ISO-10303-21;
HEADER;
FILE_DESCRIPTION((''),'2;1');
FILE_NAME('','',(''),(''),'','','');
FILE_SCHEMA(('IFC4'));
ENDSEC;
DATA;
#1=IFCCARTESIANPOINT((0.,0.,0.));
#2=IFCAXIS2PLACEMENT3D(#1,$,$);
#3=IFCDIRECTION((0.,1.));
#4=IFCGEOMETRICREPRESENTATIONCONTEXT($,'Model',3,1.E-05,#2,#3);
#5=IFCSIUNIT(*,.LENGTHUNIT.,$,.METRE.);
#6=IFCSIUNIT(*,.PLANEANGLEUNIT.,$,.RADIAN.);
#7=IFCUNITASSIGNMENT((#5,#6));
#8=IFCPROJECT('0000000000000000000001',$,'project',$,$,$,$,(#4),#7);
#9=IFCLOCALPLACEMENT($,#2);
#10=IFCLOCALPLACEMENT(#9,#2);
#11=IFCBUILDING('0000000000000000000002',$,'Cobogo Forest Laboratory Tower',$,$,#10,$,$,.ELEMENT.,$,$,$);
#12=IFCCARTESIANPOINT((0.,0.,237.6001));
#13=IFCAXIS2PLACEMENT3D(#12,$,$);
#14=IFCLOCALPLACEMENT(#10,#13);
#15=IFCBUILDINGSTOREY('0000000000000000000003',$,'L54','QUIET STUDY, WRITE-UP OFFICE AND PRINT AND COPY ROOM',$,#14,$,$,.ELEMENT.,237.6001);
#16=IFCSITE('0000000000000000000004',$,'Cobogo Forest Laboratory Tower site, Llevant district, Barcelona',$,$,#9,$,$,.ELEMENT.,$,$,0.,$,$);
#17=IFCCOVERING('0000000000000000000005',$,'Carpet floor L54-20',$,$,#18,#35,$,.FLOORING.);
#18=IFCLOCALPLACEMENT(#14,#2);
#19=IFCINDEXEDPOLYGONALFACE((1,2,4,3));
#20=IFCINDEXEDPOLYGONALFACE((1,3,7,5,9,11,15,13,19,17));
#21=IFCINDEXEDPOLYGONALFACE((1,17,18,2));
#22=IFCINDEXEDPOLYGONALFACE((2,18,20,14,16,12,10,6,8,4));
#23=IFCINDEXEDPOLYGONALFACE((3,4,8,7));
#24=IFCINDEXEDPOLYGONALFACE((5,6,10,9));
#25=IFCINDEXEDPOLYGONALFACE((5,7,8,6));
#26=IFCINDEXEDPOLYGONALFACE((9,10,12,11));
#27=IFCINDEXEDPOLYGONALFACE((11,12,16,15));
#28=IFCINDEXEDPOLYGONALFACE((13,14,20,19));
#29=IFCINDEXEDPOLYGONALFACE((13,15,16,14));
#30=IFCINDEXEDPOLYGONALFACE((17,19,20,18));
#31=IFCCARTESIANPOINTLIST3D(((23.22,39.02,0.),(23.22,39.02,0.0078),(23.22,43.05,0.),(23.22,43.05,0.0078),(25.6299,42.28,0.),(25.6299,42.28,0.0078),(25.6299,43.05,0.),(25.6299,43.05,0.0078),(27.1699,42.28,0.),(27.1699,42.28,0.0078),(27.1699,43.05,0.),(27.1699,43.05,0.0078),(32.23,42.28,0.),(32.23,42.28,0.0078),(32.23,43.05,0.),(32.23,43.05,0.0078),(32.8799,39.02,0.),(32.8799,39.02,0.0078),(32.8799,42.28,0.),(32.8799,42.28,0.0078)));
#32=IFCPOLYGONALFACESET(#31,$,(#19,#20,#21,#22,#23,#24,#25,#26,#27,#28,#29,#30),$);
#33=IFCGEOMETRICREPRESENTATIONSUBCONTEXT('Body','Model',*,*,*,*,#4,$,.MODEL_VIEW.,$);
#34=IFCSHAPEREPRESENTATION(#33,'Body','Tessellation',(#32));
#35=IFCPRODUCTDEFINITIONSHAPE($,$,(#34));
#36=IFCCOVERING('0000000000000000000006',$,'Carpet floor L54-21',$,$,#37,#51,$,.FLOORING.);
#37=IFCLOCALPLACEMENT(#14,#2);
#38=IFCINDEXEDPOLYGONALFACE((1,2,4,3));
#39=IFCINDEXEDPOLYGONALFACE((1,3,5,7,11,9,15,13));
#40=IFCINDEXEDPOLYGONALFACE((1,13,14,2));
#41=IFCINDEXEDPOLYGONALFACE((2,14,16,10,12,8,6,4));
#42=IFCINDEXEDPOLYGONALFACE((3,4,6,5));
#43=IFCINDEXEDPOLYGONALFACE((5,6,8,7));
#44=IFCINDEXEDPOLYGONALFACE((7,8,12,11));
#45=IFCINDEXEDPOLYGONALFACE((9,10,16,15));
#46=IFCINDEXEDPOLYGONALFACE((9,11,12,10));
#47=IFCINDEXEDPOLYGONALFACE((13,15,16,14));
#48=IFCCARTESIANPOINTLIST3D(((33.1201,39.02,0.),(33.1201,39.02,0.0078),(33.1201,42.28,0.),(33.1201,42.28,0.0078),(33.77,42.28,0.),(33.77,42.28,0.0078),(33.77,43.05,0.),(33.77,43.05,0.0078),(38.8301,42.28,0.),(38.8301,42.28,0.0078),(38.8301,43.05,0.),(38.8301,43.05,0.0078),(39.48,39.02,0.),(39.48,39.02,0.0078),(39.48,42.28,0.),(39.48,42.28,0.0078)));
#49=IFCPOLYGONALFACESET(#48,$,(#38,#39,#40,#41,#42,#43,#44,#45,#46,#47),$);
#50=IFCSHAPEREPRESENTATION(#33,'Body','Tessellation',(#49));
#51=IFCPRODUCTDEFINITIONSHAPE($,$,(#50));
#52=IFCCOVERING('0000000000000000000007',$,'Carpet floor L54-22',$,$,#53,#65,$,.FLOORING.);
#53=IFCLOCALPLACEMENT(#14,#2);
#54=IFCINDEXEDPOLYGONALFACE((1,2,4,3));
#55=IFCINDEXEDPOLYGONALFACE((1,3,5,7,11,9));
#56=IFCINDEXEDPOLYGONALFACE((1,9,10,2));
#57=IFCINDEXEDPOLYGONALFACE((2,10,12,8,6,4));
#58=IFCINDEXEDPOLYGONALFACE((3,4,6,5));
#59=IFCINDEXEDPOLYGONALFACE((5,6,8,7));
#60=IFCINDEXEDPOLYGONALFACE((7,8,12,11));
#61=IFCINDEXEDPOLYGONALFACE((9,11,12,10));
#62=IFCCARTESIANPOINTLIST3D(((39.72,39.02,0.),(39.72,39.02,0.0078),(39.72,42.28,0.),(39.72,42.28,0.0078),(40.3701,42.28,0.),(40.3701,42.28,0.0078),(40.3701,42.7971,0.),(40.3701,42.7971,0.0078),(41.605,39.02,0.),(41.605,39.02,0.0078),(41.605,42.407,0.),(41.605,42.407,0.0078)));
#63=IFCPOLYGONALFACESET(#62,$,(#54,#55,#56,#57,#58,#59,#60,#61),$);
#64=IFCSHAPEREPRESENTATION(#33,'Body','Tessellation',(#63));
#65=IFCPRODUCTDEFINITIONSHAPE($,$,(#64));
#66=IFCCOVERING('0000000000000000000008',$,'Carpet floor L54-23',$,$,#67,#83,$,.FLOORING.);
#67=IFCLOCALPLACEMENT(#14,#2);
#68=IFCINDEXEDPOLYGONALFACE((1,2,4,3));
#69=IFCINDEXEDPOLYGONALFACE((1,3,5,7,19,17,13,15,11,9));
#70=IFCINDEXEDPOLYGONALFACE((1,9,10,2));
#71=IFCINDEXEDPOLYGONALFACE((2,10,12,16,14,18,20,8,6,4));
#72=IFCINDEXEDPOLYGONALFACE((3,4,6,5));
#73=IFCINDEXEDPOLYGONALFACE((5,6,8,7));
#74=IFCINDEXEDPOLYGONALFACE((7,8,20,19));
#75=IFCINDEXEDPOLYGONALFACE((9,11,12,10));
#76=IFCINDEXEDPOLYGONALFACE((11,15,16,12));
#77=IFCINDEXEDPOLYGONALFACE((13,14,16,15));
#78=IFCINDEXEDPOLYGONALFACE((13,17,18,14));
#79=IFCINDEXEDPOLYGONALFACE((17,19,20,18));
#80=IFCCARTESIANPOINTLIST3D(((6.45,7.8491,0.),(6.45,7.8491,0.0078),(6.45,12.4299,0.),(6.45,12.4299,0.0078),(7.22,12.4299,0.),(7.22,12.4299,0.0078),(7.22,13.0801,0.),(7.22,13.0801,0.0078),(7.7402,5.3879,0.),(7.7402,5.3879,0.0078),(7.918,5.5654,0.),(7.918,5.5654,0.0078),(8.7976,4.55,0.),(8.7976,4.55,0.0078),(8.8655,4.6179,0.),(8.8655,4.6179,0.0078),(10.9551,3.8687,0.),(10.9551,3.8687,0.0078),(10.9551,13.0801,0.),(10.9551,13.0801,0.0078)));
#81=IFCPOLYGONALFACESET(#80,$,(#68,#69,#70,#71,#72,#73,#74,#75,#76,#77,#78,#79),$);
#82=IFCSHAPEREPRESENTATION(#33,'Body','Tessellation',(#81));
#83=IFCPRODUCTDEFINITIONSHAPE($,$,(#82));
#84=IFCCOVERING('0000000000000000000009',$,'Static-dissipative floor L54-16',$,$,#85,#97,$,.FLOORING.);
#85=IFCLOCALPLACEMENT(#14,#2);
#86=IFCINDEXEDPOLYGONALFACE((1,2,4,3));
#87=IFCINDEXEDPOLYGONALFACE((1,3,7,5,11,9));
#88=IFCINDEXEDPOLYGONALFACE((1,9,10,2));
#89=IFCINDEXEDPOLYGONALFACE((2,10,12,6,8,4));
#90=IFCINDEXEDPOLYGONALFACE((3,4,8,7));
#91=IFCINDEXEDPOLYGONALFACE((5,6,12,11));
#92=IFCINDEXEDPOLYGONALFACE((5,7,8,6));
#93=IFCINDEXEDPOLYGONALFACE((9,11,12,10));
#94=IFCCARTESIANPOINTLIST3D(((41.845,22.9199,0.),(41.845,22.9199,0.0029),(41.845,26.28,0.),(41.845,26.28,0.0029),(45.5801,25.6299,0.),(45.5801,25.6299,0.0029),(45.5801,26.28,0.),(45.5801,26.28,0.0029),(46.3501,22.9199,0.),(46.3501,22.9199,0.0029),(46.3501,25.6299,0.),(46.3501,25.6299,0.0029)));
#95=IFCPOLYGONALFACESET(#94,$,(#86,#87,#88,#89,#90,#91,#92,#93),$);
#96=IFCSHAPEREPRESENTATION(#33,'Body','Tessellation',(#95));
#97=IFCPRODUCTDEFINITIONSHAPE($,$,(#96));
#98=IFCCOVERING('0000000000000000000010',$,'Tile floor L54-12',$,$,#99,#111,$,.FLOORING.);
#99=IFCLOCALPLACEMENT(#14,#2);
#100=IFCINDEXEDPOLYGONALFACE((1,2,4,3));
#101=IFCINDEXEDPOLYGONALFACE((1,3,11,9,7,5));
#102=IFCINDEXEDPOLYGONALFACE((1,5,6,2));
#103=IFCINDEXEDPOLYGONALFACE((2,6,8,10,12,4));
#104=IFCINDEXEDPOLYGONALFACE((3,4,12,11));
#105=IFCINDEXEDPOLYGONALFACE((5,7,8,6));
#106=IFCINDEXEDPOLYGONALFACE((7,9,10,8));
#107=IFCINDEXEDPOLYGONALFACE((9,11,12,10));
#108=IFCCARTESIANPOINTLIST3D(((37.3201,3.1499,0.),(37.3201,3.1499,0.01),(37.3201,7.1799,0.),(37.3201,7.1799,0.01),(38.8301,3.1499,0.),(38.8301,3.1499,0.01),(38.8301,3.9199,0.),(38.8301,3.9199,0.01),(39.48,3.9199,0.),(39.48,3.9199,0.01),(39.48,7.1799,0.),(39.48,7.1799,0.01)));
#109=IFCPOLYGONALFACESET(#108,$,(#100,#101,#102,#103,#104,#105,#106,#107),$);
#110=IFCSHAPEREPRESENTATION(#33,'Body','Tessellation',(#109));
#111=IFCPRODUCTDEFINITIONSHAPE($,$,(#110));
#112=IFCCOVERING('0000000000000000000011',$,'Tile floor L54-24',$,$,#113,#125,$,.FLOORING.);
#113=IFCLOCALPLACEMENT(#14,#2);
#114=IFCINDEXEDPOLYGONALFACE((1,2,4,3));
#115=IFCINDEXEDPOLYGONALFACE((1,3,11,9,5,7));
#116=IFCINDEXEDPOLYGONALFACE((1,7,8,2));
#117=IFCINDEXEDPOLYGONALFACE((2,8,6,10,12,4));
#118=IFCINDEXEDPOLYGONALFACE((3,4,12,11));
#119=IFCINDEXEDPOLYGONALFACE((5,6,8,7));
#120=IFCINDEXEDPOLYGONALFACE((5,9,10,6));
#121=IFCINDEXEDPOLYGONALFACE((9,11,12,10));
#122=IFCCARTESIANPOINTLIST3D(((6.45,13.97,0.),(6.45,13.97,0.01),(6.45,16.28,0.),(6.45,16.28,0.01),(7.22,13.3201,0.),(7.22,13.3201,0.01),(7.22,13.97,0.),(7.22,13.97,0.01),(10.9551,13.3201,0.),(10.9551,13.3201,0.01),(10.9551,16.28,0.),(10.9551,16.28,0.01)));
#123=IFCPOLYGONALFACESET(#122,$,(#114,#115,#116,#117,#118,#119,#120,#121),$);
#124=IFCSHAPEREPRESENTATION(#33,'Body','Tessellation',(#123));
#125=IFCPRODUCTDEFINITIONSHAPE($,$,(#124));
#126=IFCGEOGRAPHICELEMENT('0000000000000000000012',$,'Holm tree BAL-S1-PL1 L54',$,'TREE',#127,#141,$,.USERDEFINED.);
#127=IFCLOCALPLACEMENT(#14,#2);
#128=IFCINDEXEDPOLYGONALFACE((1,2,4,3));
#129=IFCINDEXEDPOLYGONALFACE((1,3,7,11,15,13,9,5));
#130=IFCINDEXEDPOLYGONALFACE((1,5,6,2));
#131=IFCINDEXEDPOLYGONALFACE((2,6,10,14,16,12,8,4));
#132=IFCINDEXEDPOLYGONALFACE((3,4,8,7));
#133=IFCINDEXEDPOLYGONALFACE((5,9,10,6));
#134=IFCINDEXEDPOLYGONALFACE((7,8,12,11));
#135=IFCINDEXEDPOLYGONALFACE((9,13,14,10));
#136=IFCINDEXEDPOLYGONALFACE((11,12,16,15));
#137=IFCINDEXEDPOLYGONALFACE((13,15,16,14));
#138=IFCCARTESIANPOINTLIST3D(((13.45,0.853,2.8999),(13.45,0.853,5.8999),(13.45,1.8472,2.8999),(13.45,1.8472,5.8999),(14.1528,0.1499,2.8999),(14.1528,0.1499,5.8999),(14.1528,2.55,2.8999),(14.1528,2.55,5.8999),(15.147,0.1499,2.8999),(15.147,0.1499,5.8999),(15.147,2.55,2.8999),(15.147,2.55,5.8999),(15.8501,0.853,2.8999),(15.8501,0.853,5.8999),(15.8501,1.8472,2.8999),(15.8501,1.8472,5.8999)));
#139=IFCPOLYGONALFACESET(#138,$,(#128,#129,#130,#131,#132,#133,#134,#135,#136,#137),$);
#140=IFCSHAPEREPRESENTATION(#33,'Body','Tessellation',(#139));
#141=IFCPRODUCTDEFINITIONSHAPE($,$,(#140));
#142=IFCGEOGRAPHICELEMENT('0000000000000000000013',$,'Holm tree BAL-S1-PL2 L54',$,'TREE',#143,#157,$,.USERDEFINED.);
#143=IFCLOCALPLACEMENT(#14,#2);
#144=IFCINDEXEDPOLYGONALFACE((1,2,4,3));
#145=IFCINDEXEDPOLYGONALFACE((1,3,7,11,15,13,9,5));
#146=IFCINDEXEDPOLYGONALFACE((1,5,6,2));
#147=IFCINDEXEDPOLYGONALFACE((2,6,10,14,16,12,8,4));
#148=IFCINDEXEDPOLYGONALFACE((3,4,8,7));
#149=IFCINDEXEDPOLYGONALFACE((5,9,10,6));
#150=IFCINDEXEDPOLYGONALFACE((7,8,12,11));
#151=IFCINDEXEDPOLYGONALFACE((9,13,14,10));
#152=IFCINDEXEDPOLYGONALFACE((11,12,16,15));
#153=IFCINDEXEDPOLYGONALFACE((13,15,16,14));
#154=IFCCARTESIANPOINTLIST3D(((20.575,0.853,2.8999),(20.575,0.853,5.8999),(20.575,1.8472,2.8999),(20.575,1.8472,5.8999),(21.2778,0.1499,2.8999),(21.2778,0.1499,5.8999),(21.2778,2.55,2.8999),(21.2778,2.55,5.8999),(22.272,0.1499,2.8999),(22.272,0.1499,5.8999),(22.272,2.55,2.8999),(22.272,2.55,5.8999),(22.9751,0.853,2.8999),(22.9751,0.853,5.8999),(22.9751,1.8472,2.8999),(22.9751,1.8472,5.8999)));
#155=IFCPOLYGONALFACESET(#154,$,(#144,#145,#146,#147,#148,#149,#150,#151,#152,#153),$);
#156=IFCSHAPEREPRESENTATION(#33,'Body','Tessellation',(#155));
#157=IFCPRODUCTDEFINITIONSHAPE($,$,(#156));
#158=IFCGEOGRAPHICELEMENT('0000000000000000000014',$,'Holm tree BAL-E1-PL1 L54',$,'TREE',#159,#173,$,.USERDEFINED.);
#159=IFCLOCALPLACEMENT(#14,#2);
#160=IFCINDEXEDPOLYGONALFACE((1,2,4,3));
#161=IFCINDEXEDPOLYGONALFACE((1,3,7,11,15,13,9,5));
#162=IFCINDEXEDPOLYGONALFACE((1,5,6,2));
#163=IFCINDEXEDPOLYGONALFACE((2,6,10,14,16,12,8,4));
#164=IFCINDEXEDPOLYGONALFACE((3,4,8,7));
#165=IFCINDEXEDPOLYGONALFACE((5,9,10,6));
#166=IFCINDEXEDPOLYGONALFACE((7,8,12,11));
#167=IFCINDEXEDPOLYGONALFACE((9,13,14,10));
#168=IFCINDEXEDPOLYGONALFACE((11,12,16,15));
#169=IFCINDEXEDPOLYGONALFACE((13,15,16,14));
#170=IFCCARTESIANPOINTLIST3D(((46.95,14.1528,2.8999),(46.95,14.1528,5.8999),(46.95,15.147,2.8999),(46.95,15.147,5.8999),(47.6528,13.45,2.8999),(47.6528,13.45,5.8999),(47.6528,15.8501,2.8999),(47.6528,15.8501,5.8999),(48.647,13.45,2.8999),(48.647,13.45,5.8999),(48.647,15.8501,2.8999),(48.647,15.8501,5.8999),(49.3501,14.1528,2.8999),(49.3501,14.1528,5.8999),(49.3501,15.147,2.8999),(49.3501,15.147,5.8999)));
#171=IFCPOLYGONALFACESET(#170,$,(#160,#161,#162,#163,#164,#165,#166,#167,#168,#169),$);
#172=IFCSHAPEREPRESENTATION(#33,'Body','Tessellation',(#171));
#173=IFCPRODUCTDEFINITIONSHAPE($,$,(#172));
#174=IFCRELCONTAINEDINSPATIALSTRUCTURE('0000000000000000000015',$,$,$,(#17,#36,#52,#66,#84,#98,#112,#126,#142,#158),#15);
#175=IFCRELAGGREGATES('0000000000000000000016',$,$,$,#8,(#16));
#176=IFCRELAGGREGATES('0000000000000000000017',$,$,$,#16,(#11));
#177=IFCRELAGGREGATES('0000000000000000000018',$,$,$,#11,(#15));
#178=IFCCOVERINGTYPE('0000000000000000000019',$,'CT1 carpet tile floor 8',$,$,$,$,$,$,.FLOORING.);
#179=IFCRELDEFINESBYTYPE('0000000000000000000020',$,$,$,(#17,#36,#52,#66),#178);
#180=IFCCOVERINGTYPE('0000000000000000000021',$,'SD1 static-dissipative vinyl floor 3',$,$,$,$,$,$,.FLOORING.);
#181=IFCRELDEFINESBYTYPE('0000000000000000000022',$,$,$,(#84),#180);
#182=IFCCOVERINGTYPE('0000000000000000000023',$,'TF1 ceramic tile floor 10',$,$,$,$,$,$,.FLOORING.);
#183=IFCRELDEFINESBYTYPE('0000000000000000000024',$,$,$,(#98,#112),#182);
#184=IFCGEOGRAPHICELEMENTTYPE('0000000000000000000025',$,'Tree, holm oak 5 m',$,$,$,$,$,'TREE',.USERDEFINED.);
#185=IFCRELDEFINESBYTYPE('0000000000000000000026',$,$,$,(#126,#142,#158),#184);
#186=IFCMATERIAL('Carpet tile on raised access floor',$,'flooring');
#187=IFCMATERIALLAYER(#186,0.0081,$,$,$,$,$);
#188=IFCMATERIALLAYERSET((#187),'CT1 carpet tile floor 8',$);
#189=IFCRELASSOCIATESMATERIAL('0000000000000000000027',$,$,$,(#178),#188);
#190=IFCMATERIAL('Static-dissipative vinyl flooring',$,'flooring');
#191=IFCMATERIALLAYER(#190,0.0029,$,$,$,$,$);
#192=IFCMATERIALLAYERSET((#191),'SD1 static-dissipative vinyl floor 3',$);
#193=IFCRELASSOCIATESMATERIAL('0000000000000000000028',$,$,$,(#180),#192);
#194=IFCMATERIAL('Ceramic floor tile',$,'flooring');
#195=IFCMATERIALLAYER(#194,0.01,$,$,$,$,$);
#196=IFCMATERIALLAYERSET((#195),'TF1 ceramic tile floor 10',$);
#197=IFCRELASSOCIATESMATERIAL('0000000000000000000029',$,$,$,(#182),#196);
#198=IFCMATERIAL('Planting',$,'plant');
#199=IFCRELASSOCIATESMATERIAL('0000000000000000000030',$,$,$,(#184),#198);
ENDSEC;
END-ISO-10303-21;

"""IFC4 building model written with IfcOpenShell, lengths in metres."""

from ifc_helpers import new_model, si_unit, direction, frame, origin, place, context, subcontext, project, spatial, polyline, outline, extrude, material, layer, layer_set, type_object, element, save


model = new_model("IFC4")

# Units and contexts
model_context = context("Model", 3, precision=1e-05, world=origin(), true_north=direction((0.0, 1.0)))
body_context = subcontext(model_context, "Body", "Model", "MODEL_VIEW")
ifc_project = project(units=[si_unit("LENGTHUNIT", "METRE"), si_unit("PLANEANGLEUNIT", "RADIAN")], contexts=[model_context])

# Site, building, storey
site_placement = place(None, origin())
site = spatial("IfcSite", under=ifc_project, at=site_placement, Name="Cobogo Forest Laboratory Tower site, Llevant district, Barcelona", CompositionType="ELEMENT", RefElevation=0.0)
building_placement = place(site_placement, origin())
building = spatial("IfcBuilding", under=site, at=building_placement, Name="Cobogo Forest Laboratory Tower", CompositionType="ELEMENT")
storey_placement = place(building_placement, frame((0.0, 0.0, 237.6001)))
storey = spatial("IfcBuildingStorey", under=building, at=storey_placement, Name="L54", Description="QUIET STUDY, WRITE-UP OFFICE AND PRINT AND COPY ROOM", CompositionType="ELEMENT", Elevation=237.6001)

# Coverings
ifc_material_1 = material(Name="Carpet tile on raised access floor", Category="flooring")
ifc_layer_1 = layer(ifc_material_1, 0.0081)
ifc_layer_set_1 = layer_set([ifc_layer_1], Name="CT1 carpet tile floor 8")
covering_type_1 = type_object("IfcCoveringType", Name="CT1 carpet tile floor 8", PredefinedType="FLOORING", material=ifc_layer_set_1)
covering_1_placement = place(storey_placement, origin())
element("IfcCovering", 1, at=covering_1_placement, inside=storey, type_object=covering_type_1, Name="Carpet floor L54-20", PredefinedType="FLOORING", context=body_context, shape_type="SweptSolid", body=[
    extrude(outline(polyline([(23.22, 39.02), (23.22, 43.05), (25.6299, 43.05), (25.6299, 42.28), (27.1699, 42.28), (27.1699, 43.05), (32.23, 43.05), (32.23, 42.28), (32.8799, 42.28), (32.8799, 39.02), (23.22, 39.02)])), origin(), (0.0, 0.0, 1.0), 0.0078),
])
covering_2_placement = place(storey_placement, origin())
element("IfcCovering", 2, at=covering_2_placement, inside=storey, type_object=covering_type_1, Name="Carpet floor L54-21", PredefinedType="FLOORING", context=body_context, shape_type="SweptSolid", body=[
    extrude(outline(polyline([(33.1201, 39.02), (33.1201, 42.28), (33.77, 42.28), (33.77, 43.05), (38.8301, 43.05), (38.8301, 42.28), (39.48, 42.28), (39.48, 39.02), (33.1201, 39.02)])), origin(), (0.0, 0.0, 1.0), 0.0078),
])
covering_3_placement = place(storey_placement, origin())
element("IfcCovering", 3, at=covering_3_placement, inside=storey, type_object=covering_type_1, Name="Carpet floor L54-22", PredefinedType="FLOORING", context=body_context, shape_type="SweptSolid", body=[
    extrude(outline(polyline([(39.72, 39.02), (39.72, 42.28), (40.3701, 42.28), (40.3701, 42.7971), (41.605, 42.407), (41.605, 39.02), (39.72, 39.02)])), origin(), (0.0, 0.0, 1.0), 0.0078),
])
covering_4_placement = place(storey_placement, origin())
element("IfcCovering", 4, at=covering_4_placement, inside=storey, type_object=covering_type_1, Name="Carpet floor L54-23", PredefinedType="FLOORING", context=body_context, shape_type="SweptSolid", body=[
    extrude(outline(polyline([(8.7976, 4.55), (8.8655, 4.6179), (7.918, 5.5654), (7.7402, 5.3879), (6.45, 7.8491), (6.45, 12.4299), (7.22, 12.4299), (7.22, 13.0801), (10.9551, 13.0801), (10.9551, 3.8687), (8.7976, 4.55)])), origin(), (0.0, 0.0, 1.0), 0.0078),
])
ifc_material_2 = material(Name="Static-dissipative vinyl flooring", Category="flooring")
ifc_layer_2 = layer(ifc_material_2, 0.0029)
ifc_layer_set_2 = layer_set([ifc_layer_2], Name="SD1 static-dissipative vinyl floor 3")
covering_type_2 = type_object("IfcCoveringType", Name="SD1 static-dissipative vinyl floor 3", PredefinedType="FLOORING", material=ifc_layer_set_2)
covering_5_placement = place(storey_placement, origin())
element("IfcCovering", 5, at=covering_5_placement, inside=storey, type_object=covering_type_2, Name="Static-dissipative floor L54-16", PredefinedType="FLOORING", context=body_context, shape_type="SweptSolid", body=[
    extrude(outline(polyline([(41.845, 26.28), (45.5801, 26.28), (45.5801, 25.6299), (46.3501, 25.6299), (46.3501, 22.9199), (41.845, 22.9199), (41.845, 26.28)])), origin(), (0.0, 0.0, 1.0), 0.0029),
])
ifc_material_3 = material(Name="Ceramic floor tile", Category="flooring")
ifc_layer_3 = layer(ifc_material_3, 0.01)
ifc_layer_set_3 = layer_set([ifc_layer_3], Name="TF1 ceramic tile floor 10")
covering_type_3 = type_object("IfcCoveringType", Name="TF1 ceramic tile floor 10", PredefinedType="FLOORING", material=ifc_layer_set_3)
covering_6_placement = place(storey_placement, origin())
element("IfcCovering", 6, at=covering_6_placement, inside=storey, type_object=covering_type_3, Name="Tile floor L54-12", PredefinedType="FLOORING", context=body_context, shape_type="SweptSolid", body=[
    extrude(outline(polyline([(39.48, 7.1799), (39.48, 3.9199), (38.8301, 3.9199), (38.8301, 3.1499), (37.3201, 3.1499), (37.3201, 7.1799), (39.48, 7.1799)])), origin(), (0.0, 0.0, 1.0), 0.01),
])
covering_7_placement = place(storey_placement, origin())
element("IfcCovering", 7, at=covering_7_placement, inside=storey, type_object=covering_type_3, Name="Tile floor L54-24", PredefinedType="FLOORING", context=body_context, shape_type="SweptSolid", body=[
    extrude(outline(polyline([(10.9551, 13.3201), (7.22, 13.3201), (7.22, 13.97), (6.45, 13.97), (6.45, 16.28), (10.9551, 16.28), (10.9551, 13.3201)])), origin(), (0.0, 0.0, 1.0), 0.01),
])

# Geographic elements
ifc_material_4 = material(Name="Planting", Category="plant")
geographic_element_type = type_object("IfcGeographicElementType", Name="Tree, holm oak 5 m", ElementType="TREE", PredefinedType="USERDEFINED", material=ifc_material_4)
geographic_element_1_placement = place(storey_placement, frame((0.0, 0.0, 2.8999)))
element("IfcGeographicElement", 8, at=geographic_element_1_placement, inside=storey, type_object=geographic_element_type, Name="Holm tree BAL-S1-PL1 L54", ObjectType="TREE", PredefinedType="USERDEFINED", context=body_context, shape_type="SweptSolid", body=[
    extrude(outline(polyline([(15.8501, 0.853), (15.8501, 1.8472), (15.147, 2.55), (14.1528, 2.55), (13.45, 1.8472), (13.45, 0.853), (14.1528, 0.1499), (15.147, 0.1499), (15.8501, 0.853)])), origin(), (0.0, 0.0, 1.0), 3.0),
])
geographic_element_2_placement = place(storey_placement, frame((0.0, 0.0, 2.8999)))
element("IfcGeographicElement", 9, at=geographic_element_2_placement, inside=storey, type_object=geographic_element_type, Name="Holm tree BAL-S1-PL2 L54", ObjectType="TREE", PredefinedType="USERDEFINED", context=body_context, shape_type="SweptSolid", body=[
    extrude(outline(polyline([(22.9751, 0.853), (22.9751, 1.8472), (22.272, 2.55), (21.2778, 2.55), (20.575, 1.8472), (20.575, 0.853), (21.2778, 0.1499), (22.272, 0.1499), (22.9751, 0.853)])), origin(), (0.0, 0.0, 1.0), 3.0),
])
geographic_element_3_placement = place(storey_placement, frame((0.0, 0.0, 2.8999)))
element("IfcGeographicElement", 10, at=geographic_element_3_placement, inside=storey, type_object=geographic_element_type, Name="Holm tree BAL-E1-PL1 L54", ObjectType="TREE", PredefinedType="USERDEFINED", context=body_context, shape_type="SweptSolid", body=[
    extrude(outline(polyline([(49.3501, 14.1528), (49.3501, 15.147), (48.647, 15.8501), (47.6528, 15.8501), (46.95, 15.147), (46.95, 14.1528), (47.6528, 13.45), (48.647, 13.45), (49.3501, 14.1528)])), origin(), (0.0, 0.0, 1.0), 3.0),
])

save(model, "model.ifc")
